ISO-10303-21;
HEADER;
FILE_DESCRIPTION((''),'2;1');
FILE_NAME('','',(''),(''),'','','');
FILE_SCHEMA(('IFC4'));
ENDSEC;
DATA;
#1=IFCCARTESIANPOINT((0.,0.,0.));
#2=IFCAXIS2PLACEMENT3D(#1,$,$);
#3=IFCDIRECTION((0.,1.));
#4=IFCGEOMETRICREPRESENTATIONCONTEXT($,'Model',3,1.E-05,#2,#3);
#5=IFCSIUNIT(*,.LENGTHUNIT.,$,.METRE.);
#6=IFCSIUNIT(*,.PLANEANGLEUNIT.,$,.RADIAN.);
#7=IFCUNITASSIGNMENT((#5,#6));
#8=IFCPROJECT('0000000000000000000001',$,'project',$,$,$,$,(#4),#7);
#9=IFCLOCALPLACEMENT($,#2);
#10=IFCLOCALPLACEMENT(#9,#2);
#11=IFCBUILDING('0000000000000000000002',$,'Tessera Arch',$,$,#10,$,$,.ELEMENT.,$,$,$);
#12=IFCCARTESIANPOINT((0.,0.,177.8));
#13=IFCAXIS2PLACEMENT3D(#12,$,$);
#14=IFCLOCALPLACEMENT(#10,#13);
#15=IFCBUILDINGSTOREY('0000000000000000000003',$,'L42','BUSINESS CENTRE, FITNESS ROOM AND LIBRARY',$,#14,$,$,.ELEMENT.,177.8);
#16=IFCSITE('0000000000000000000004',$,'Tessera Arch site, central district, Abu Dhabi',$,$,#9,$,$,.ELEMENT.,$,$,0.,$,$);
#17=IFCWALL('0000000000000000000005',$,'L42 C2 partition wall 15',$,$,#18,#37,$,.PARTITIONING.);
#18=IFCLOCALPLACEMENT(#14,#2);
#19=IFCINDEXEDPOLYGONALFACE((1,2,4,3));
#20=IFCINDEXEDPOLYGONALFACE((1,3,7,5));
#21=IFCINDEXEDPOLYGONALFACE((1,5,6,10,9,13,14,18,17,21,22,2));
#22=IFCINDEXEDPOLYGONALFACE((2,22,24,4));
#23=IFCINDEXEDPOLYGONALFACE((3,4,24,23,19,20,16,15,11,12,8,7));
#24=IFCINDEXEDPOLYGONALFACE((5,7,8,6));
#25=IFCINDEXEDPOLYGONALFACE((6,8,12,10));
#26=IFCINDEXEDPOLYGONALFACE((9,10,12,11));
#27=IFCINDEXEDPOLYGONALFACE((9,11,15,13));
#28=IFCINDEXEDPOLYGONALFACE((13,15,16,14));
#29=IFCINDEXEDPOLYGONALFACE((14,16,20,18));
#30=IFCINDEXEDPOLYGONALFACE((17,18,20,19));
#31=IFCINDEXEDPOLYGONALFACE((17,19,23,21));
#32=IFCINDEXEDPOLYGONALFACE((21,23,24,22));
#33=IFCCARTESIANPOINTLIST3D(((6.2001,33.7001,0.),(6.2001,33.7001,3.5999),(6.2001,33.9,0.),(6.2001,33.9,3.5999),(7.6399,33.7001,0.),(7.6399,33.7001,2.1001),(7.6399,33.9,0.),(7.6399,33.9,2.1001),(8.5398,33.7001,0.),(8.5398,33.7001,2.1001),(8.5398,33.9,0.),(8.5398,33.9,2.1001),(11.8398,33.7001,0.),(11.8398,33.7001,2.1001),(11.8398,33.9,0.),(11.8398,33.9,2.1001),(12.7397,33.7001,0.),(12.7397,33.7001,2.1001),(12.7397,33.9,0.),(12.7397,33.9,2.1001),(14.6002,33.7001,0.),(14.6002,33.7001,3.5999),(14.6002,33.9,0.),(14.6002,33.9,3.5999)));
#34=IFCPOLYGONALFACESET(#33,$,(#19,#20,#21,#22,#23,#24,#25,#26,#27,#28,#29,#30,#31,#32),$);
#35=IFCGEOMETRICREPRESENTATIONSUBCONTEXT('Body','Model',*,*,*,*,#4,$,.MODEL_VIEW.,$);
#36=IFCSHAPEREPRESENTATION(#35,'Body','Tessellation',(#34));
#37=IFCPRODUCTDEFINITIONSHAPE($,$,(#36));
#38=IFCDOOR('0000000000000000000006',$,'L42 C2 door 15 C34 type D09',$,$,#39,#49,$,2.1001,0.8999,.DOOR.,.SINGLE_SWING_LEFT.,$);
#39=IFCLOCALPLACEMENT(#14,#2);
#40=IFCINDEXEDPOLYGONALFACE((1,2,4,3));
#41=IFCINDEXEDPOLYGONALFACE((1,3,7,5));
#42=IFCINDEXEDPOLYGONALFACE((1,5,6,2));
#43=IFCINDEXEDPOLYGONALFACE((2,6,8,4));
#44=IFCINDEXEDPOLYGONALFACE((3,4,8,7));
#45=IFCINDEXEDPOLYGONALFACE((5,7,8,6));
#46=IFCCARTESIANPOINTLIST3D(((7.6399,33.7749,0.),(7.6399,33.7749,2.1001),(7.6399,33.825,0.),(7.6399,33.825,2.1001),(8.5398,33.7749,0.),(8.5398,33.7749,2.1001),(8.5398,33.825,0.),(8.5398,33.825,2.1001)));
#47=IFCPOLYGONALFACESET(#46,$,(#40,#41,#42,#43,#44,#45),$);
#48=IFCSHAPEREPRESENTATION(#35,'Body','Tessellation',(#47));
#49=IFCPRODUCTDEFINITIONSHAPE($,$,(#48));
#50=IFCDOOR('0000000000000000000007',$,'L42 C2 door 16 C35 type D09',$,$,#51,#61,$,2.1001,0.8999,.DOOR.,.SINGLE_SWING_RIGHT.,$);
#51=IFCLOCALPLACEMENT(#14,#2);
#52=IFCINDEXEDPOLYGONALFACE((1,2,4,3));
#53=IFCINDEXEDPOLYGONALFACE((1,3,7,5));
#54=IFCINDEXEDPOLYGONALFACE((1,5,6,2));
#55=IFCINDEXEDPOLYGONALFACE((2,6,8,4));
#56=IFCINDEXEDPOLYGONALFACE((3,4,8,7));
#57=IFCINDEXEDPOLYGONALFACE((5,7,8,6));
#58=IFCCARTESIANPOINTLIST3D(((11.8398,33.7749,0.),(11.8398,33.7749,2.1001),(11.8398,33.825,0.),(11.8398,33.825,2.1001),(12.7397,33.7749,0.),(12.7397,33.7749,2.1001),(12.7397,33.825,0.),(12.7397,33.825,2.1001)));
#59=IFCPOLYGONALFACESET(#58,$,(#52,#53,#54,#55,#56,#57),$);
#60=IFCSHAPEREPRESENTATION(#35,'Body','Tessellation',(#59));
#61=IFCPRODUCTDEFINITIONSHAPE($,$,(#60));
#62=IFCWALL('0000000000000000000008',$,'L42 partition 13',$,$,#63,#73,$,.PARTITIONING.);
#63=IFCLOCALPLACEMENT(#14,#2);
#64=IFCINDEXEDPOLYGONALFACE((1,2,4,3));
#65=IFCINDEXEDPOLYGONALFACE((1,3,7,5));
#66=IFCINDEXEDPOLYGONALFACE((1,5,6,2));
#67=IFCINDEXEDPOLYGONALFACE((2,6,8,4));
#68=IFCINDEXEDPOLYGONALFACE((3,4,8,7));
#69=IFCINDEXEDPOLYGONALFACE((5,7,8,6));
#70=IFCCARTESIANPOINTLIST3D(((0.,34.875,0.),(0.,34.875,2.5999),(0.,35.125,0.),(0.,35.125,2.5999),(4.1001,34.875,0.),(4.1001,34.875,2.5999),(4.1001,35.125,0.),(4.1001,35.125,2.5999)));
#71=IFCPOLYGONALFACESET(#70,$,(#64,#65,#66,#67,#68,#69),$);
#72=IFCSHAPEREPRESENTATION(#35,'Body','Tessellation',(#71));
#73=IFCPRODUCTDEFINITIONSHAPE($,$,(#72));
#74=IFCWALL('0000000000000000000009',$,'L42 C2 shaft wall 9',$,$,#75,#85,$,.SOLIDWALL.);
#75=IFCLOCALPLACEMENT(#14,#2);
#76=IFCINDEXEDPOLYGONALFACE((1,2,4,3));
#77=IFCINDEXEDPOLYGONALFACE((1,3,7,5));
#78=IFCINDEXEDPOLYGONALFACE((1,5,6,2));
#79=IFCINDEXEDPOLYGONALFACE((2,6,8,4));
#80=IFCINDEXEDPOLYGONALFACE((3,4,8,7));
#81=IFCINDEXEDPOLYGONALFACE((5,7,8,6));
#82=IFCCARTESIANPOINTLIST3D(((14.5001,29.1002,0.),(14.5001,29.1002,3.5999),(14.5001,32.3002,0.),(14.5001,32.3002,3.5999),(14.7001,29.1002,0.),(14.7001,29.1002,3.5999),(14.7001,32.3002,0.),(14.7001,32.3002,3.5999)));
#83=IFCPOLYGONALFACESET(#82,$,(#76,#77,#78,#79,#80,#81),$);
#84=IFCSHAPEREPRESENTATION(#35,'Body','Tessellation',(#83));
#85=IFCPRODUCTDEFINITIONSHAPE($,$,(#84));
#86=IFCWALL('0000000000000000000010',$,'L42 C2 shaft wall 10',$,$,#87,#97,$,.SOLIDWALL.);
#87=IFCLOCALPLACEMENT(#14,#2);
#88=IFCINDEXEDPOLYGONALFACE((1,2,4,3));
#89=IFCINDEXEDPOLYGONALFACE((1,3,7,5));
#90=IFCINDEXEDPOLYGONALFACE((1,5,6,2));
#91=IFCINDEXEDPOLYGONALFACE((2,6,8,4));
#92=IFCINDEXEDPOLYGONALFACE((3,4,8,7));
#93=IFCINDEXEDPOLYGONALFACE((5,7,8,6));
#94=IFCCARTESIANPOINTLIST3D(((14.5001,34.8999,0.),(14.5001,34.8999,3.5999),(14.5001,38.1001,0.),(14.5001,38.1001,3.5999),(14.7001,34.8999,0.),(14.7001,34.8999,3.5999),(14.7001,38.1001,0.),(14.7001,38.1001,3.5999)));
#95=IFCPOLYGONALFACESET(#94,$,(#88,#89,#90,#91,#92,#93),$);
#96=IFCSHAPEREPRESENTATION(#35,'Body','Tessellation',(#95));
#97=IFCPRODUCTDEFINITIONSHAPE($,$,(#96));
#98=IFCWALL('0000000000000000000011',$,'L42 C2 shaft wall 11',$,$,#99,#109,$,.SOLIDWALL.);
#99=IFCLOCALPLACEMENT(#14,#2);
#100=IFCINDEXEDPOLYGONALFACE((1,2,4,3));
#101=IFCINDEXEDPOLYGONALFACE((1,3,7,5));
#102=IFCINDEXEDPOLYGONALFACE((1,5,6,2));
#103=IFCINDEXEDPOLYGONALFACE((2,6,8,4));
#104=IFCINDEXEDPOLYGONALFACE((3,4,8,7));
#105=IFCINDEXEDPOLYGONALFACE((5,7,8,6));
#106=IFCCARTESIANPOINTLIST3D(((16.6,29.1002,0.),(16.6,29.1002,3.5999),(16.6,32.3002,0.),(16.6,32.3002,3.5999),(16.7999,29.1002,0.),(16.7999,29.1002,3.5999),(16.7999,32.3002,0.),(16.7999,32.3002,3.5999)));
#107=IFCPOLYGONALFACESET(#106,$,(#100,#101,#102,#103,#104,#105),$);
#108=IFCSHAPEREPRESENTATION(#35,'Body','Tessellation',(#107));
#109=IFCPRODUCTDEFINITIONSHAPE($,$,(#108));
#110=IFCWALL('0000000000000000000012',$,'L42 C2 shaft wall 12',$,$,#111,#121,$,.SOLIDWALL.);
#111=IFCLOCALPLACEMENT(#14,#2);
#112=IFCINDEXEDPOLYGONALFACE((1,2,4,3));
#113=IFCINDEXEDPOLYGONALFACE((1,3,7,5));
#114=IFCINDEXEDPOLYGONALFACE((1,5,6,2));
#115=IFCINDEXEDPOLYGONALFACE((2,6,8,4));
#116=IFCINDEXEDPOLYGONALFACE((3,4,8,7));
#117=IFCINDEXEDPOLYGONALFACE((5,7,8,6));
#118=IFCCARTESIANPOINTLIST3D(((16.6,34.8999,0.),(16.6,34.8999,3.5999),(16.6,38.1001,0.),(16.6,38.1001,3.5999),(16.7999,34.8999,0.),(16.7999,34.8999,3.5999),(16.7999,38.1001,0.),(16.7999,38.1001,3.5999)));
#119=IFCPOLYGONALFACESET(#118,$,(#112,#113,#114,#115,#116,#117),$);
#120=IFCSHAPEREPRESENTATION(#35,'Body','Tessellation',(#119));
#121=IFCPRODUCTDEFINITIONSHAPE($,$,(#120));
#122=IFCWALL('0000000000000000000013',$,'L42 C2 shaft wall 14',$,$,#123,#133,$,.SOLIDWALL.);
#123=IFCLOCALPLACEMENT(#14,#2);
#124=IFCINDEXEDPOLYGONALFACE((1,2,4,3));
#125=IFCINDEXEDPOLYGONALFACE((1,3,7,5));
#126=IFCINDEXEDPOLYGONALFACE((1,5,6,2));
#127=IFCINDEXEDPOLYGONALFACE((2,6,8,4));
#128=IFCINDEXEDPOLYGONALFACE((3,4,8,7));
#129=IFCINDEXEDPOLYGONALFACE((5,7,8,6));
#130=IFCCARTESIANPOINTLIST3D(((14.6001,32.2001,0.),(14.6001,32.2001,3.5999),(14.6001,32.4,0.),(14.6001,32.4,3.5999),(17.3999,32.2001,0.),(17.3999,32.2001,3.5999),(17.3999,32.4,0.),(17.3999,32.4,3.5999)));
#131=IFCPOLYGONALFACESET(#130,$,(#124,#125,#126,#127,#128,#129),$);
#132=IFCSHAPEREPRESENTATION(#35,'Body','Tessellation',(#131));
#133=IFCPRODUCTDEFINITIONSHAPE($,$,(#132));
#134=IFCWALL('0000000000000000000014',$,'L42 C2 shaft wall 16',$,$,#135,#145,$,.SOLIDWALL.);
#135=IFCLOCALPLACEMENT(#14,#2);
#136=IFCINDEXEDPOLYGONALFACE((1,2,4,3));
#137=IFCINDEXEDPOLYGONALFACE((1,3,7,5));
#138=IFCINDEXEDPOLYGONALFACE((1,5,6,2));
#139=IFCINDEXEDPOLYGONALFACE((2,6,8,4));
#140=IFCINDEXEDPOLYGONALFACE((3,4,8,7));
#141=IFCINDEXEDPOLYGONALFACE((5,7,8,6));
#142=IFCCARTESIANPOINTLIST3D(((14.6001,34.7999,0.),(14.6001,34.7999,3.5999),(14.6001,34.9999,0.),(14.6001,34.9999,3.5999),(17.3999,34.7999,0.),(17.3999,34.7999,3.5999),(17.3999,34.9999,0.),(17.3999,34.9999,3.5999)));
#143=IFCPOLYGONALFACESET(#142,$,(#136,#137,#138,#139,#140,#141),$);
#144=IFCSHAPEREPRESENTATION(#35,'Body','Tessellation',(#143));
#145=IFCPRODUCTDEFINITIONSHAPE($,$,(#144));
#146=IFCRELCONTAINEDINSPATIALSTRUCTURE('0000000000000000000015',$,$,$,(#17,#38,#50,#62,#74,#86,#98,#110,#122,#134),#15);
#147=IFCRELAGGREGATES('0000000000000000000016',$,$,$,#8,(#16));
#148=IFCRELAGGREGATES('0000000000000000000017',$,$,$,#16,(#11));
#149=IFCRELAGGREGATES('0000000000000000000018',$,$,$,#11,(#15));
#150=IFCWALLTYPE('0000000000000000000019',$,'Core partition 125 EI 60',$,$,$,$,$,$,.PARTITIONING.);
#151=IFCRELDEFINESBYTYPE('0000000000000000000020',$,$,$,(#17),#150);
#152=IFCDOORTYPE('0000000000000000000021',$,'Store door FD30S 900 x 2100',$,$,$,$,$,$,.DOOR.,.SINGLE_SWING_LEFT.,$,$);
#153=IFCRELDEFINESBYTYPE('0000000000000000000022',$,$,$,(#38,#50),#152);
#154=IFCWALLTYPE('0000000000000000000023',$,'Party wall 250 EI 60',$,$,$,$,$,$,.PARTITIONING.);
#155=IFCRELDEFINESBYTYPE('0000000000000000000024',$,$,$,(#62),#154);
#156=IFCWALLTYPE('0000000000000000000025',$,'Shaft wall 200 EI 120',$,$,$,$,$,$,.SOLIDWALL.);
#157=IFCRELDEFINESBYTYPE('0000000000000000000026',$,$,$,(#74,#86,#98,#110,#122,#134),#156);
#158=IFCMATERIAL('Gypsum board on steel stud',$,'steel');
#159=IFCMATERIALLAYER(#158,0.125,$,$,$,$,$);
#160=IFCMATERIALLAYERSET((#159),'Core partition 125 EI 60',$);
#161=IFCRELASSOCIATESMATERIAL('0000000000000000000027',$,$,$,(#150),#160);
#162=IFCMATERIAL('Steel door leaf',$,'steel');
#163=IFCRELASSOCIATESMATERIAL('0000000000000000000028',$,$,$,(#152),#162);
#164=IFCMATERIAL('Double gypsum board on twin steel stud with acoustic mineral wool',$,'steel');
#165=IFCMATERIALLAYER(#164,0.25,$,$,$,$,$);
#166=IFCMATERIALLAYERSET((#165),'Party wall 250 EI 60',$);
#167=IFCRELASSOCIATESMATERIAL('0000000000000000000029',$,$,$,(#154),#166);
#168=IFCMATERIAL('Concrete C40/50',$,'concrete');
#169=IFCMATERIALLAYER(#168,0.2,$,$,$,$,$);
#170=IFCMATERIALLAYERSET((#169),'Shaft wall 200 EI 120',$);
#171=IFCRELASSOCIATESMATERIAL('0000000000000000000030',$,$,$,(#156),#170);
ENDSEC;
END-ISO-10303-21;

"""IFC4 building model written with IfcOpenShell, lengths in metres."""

from ifc_helpers import new_model, si_unit, direction, frame, frame_2d, origin, place, context, subcontext, project, spatial, rectangle, extrude, material, layer, layer_set, type_object, element, fill, save


model = new_model("IFC4")

# Units and contexts
model_context = context("Model", 3, precision=1e-05, world=origin(), true_north=direction((0.0, 1.0)))
body_context = subcontext(model_context, "Body", "Model", "MODEL_VIEW")
ifc_project = project(units=[si_unit("LENGTHUNIT", "METRE"), si_unit("PLANEANGLEUNIT", "RADIAN")], contexts=[model_context])

# Site, building, storey
site_placement = place(None, origin())
site = spatial("IfcSite", under=ifc_project, at=site_placement, Name="Tessera Arch site, central district, Abu Dhabi", CompositionType="ELEMENT", RefElevation=0.0)
building_placement = place(site_placement, origin())
building = spatial("IfcBuilding", under=site, at=building_placement, Name="Tessera Arch", CompositionType="ELEMENT")
storey_placement = place(building_placement, frame((0.0, 0.0, 177.8)))
storey = spatial("IfcBuildingStorey", under=building, at=storey_placement, Name="L42", Description="BUSINESS CENTRE, FITNESS ROOM AND LIBRARY", CompositionType="ELEMENT", Elevation=177.8)

# Shared definitions
ifc_material_1 = material(Name="Gypsum board on steel stud", Category="steel")
ifc_layer_1 = layer(ifc_material_1, 0.125)
ifc_layer_set_1 = layer_set([ifc_layer_1], Name="Core partition 125 EI 60")
wall_type_1 = type_object("IfcWallType", Name="Core partition 125 EI 60", PredefinedType="PARTITIONING", material=ifc_layer_set_1)

# Wall, openings, doors
ifc_material_2 = material(Name="Steel door leaf", Category="steel")
door_type = type_object("IfcDoorType", Name="Store door FD30S 900 x 2100", OperationType="SINGLE_SWING_LEFT", PredefinedType="DOOR", material=ifc_material_2)
wall_1_placement = place(storey_placement, frame((6.2, 33.8, 0.0), z_axis=(0.0, 0.0, 1.0), x_axis=(1.0, 0.0, 0.0)))
wall_1 = element("IfcWall", 1, at=wall_1_placement, inside=storey, type_object=wall_type_1, Name="L42 C2 partition wall 15", PredefinedType="PARTITIONING", context=body_context, shape_type="SweptSolid", body=[
    extrude(rectangle(XDim=8.4001, YDim=0.2, at=frame_2d((4.2002, 0.0))), origin(), (0.0, 0.0, 1.0), 3.5999),
])
opening_1_placement = place(wall_1_placement, frame((1.4399, 0.0, 0.0)))
opening_1 = element("IfcOpeningElement", 2, at=opening_1_placement, cuts=wall_1, PredefinedType="OPENING", context=body_context, shape_type="SweptSolid", body=[
    extrude(rectangle(XDim=0.8999, YDim=2.1001, at=frame_2d((0.45, 1.05))), frame((0.0, 0.1099, 0.0), z_axis=(0.0, -1.0, 0.0), x_axis=(1.0, 0.0, 0.0)), (0.0, 0.0, 1.0), 0.22),
])
opening_2_placement = place(wall_1_placement, frame((5.6399, 0.0, 0.0)))
opening_2 = element("IfcOpeningElement", 3, at=opening_2_placement, cuts=wall_1, PredefinedType="OPENING", context=body_context, shape_type="SweptSolid", body=[
    extrude(rectangle(XDim=0.8999, YDim=2.1001, at=frame_2d((0.45, 1.05))), frame((0.0, 0.1099, 0.0), z_axis=(0.0, -1.0, 0.0), x_axis=(1.0, 0.0, 0.0)), (0.0, 0.0, 1.0), 0.22),
])
door_1_placement = place(opening_1_placement, origin())
door_1 = element("IfcDoor", 4, at=door_1_placement, inside=storey, type_object=door_type, Name="L42 C2 door 15 C34 type D09", OperationType="SINGLE_SWING_LEFT", OverallHeight=2.1001, OverallWidth=0.8999, PredefinedType="DOOR", context=body_context, shape_type="SweptSolid", body=[
    extrude(rectangle(XDim=0.8999, YDim=2.1001, at=frame_2d((0.45, 1.05))), frame((0.0, 0.0249, 0.0), z_axis=(0.0, -1.0, 0.0), x_axis=(1.0, 0.0, 0.0)), (0.0, 0.0, 1.0), 0.05),
])
fill(opening_1, door_1)
door_2_placement = place(opening_2_placement, origin())
door_2 = element("IfcDoor", 5, at=door_2_placement, inside=storey, type_object=door_type, Name="L42 C2 door 16 C35 type D09", OperationType="SINGLE_SWING_RIGHT", OverallHeight=2.1001, OverallWidth=0.8999, PredefinedType="DOOR", context=body_context, shape_type="SweptSolid", body=[
    extrude(rectangle(XDim=0.8999, YDim=2.1001, at=frame_2d((0.45, 1.05))), frame((0.0, 0.0249, 0.0), z_axis=(0.0, -1.0, 0.0), x_axis=(1.0, 0.0, 0.0)), (0.0, 0.0, 1.0), 0.05),
])
fill(opening_2, door_2)

# Walls
ifc_material_3 = material(Name="Double gypsum board on twin steel stud with acoustic mineral wool", Category="steel")
ifc_layer_2 = layer(ifc_material_3, 0.25)
ifc_layer_set_2 = layer_set([ifc_layer_2], Name="Party wall 250 EI 60")
wall_type_2 = type_object("IfcWallType", Name="Party wall 250 EI 60", PredefinedType="PARTITIONING", material=ifc_layer_set_2)
wall_2_placement = place(storey_placement, frame((0.0, 35.0, 0.0), z_axis=(0.0, 0.0, 1.0), x_axis=(1.0, 0.0, 0.0)))
element("IfcWall", 6, at=wall_2_placement, inside=storey, type_object=wall_type_2, Name="L42 partition 13", PredefinedType="PARTITIONING", context=body_context, shape_type="SweptSolid", body=[
    extrude(rectangle(XDim=4.1001, YDim=0.25, at=frame_2d((2.05, 0.0))), origin(), (0.0, 0.0, 1.0), 2.5999),
])
ifc_material_4 = material(Name="Concrete C40/50", Category="concrete")
ifc_layer_3 = layer(ifc_material_4, 0.2)
ifc_layer_set_3 = layer_set([ifc_layer_3], Name="Shaft wall 200 EI 120")
wall_type_3 = type_object("IfcWallType", Name="Shaft wall 200 EI 120", PredefinedType="SOLIDWALL", material=ifc_layer_set_3)
wall_3_placement = place(storey_placement, frame((14.6001, 29.1001, 0.0), z_axis=(0.0, 0.0, 1.0), x_axis=(0.0, 1.0, 0.0)))
element("IfcWall", 7, at=wall_3_placement, inside=storey, type_object=wall_type_3, Name="L42 C2 shaft wall 9", PredefinedType="SOLIDWALL", context=body_context, shape_type="SweptSolid", body=[
    extrude(rectangle(XDim=3.2, YDim=0.2, at=frame_2d((1.6001, 0.0))), origin(), (0.0, 0.0, 1.0), 3.5999),
])
wall_4_placement = place(storey_placement, frame((14.6001, 34.8999, 0.0), z_axis=(0.0, 0.0, 1.0), x_axis=(0.0, 1.0, 0.0)))
element("IfcWall", 8, at=wall_4_placement, inside=storey, type_object=wall_type_3, Name="L42 C2 shaft wall 10", PredefinedType="SOLIDWALL", context=body_context, shape_type="SweptSolid", body=[
    extrude(rectangle(XDim=3.2002, YDim=0.2, at=frame_2d((1.6001, 0.0))), origin(), (0.0, 0.0, 1.0), 3.5999),
])
wall_5_placement = place(storey_placement, frame((16.7, 29.1001, 0.0), z_axis=(0.0, 0.0, 1.0), x_axis=(0.0, 1.0, 0.0)))
element("IfcWall", 9, at=wall_5_placement, inside=storey, type_object=wall_type_3, Name="L42 C2 shaft wall 11", PredefinedType="SOLIDWALL", context=body_context, shape_type="SweptSolid", body=[
    extrude(rectangle(XDim=3.2, YDim=0.2, at=frame_2d((1.6001, 0.0))), origin(), (0.0, 0.0, 1.0), 3.5999),
])
wall_6_placement = place(storey_placement, frame((16.7, 34.8999, 0.0), z_axis=(0.0, 0.0, 1.0), x_axis=(0.0, 1.0, 0.0)))
element("IfcWall", 10, at=wall_6_placement, inside=storey, type_object=wall_type_3, Name="L42 C2 shaft wall 12", PredefinedType="SOLIDWALL", context=body_context, shape_type="SweptSolid", body=[
    extrude(rectangle(XDim=3.2002, YDim=0.2, at=frame_2d((1.6001, 0.0))), origin(), (0.0, 0.0, 1.0), 3.5999),
])
for number, where, z_axis, x_axis, name in (
    (11, (14.6001, 32.3, 0.0), (0.0, 0.0, 1.0), (1.0, 0.0, 0.0), "L42 C2 shaft wall 14"),
    (12, (14.6001, 34.8999, 0.0), (0.0, 0.0, 1.0), (1.0, 0.0, 0.0), "L42 C2 shaft wall 16"),
):
    element("IfcWall", number, at=place(storey_placement, frame(where, z_axis=z_axis, x_axis=x_axis)), inside=storey, type_object=wall_type_3, Name=name, PredefinedType="SOLIDWALL", context=body_context, shape_type="SweptSolid", body=[
        extrude(rectangle(XDim=2.7998, YDim=0.2, at=frame_2d((1.3999, 0.0))), origin(), (0.0, 0.0, 1.0), 3.5999),
    ])

save(model, "model.ifc")
